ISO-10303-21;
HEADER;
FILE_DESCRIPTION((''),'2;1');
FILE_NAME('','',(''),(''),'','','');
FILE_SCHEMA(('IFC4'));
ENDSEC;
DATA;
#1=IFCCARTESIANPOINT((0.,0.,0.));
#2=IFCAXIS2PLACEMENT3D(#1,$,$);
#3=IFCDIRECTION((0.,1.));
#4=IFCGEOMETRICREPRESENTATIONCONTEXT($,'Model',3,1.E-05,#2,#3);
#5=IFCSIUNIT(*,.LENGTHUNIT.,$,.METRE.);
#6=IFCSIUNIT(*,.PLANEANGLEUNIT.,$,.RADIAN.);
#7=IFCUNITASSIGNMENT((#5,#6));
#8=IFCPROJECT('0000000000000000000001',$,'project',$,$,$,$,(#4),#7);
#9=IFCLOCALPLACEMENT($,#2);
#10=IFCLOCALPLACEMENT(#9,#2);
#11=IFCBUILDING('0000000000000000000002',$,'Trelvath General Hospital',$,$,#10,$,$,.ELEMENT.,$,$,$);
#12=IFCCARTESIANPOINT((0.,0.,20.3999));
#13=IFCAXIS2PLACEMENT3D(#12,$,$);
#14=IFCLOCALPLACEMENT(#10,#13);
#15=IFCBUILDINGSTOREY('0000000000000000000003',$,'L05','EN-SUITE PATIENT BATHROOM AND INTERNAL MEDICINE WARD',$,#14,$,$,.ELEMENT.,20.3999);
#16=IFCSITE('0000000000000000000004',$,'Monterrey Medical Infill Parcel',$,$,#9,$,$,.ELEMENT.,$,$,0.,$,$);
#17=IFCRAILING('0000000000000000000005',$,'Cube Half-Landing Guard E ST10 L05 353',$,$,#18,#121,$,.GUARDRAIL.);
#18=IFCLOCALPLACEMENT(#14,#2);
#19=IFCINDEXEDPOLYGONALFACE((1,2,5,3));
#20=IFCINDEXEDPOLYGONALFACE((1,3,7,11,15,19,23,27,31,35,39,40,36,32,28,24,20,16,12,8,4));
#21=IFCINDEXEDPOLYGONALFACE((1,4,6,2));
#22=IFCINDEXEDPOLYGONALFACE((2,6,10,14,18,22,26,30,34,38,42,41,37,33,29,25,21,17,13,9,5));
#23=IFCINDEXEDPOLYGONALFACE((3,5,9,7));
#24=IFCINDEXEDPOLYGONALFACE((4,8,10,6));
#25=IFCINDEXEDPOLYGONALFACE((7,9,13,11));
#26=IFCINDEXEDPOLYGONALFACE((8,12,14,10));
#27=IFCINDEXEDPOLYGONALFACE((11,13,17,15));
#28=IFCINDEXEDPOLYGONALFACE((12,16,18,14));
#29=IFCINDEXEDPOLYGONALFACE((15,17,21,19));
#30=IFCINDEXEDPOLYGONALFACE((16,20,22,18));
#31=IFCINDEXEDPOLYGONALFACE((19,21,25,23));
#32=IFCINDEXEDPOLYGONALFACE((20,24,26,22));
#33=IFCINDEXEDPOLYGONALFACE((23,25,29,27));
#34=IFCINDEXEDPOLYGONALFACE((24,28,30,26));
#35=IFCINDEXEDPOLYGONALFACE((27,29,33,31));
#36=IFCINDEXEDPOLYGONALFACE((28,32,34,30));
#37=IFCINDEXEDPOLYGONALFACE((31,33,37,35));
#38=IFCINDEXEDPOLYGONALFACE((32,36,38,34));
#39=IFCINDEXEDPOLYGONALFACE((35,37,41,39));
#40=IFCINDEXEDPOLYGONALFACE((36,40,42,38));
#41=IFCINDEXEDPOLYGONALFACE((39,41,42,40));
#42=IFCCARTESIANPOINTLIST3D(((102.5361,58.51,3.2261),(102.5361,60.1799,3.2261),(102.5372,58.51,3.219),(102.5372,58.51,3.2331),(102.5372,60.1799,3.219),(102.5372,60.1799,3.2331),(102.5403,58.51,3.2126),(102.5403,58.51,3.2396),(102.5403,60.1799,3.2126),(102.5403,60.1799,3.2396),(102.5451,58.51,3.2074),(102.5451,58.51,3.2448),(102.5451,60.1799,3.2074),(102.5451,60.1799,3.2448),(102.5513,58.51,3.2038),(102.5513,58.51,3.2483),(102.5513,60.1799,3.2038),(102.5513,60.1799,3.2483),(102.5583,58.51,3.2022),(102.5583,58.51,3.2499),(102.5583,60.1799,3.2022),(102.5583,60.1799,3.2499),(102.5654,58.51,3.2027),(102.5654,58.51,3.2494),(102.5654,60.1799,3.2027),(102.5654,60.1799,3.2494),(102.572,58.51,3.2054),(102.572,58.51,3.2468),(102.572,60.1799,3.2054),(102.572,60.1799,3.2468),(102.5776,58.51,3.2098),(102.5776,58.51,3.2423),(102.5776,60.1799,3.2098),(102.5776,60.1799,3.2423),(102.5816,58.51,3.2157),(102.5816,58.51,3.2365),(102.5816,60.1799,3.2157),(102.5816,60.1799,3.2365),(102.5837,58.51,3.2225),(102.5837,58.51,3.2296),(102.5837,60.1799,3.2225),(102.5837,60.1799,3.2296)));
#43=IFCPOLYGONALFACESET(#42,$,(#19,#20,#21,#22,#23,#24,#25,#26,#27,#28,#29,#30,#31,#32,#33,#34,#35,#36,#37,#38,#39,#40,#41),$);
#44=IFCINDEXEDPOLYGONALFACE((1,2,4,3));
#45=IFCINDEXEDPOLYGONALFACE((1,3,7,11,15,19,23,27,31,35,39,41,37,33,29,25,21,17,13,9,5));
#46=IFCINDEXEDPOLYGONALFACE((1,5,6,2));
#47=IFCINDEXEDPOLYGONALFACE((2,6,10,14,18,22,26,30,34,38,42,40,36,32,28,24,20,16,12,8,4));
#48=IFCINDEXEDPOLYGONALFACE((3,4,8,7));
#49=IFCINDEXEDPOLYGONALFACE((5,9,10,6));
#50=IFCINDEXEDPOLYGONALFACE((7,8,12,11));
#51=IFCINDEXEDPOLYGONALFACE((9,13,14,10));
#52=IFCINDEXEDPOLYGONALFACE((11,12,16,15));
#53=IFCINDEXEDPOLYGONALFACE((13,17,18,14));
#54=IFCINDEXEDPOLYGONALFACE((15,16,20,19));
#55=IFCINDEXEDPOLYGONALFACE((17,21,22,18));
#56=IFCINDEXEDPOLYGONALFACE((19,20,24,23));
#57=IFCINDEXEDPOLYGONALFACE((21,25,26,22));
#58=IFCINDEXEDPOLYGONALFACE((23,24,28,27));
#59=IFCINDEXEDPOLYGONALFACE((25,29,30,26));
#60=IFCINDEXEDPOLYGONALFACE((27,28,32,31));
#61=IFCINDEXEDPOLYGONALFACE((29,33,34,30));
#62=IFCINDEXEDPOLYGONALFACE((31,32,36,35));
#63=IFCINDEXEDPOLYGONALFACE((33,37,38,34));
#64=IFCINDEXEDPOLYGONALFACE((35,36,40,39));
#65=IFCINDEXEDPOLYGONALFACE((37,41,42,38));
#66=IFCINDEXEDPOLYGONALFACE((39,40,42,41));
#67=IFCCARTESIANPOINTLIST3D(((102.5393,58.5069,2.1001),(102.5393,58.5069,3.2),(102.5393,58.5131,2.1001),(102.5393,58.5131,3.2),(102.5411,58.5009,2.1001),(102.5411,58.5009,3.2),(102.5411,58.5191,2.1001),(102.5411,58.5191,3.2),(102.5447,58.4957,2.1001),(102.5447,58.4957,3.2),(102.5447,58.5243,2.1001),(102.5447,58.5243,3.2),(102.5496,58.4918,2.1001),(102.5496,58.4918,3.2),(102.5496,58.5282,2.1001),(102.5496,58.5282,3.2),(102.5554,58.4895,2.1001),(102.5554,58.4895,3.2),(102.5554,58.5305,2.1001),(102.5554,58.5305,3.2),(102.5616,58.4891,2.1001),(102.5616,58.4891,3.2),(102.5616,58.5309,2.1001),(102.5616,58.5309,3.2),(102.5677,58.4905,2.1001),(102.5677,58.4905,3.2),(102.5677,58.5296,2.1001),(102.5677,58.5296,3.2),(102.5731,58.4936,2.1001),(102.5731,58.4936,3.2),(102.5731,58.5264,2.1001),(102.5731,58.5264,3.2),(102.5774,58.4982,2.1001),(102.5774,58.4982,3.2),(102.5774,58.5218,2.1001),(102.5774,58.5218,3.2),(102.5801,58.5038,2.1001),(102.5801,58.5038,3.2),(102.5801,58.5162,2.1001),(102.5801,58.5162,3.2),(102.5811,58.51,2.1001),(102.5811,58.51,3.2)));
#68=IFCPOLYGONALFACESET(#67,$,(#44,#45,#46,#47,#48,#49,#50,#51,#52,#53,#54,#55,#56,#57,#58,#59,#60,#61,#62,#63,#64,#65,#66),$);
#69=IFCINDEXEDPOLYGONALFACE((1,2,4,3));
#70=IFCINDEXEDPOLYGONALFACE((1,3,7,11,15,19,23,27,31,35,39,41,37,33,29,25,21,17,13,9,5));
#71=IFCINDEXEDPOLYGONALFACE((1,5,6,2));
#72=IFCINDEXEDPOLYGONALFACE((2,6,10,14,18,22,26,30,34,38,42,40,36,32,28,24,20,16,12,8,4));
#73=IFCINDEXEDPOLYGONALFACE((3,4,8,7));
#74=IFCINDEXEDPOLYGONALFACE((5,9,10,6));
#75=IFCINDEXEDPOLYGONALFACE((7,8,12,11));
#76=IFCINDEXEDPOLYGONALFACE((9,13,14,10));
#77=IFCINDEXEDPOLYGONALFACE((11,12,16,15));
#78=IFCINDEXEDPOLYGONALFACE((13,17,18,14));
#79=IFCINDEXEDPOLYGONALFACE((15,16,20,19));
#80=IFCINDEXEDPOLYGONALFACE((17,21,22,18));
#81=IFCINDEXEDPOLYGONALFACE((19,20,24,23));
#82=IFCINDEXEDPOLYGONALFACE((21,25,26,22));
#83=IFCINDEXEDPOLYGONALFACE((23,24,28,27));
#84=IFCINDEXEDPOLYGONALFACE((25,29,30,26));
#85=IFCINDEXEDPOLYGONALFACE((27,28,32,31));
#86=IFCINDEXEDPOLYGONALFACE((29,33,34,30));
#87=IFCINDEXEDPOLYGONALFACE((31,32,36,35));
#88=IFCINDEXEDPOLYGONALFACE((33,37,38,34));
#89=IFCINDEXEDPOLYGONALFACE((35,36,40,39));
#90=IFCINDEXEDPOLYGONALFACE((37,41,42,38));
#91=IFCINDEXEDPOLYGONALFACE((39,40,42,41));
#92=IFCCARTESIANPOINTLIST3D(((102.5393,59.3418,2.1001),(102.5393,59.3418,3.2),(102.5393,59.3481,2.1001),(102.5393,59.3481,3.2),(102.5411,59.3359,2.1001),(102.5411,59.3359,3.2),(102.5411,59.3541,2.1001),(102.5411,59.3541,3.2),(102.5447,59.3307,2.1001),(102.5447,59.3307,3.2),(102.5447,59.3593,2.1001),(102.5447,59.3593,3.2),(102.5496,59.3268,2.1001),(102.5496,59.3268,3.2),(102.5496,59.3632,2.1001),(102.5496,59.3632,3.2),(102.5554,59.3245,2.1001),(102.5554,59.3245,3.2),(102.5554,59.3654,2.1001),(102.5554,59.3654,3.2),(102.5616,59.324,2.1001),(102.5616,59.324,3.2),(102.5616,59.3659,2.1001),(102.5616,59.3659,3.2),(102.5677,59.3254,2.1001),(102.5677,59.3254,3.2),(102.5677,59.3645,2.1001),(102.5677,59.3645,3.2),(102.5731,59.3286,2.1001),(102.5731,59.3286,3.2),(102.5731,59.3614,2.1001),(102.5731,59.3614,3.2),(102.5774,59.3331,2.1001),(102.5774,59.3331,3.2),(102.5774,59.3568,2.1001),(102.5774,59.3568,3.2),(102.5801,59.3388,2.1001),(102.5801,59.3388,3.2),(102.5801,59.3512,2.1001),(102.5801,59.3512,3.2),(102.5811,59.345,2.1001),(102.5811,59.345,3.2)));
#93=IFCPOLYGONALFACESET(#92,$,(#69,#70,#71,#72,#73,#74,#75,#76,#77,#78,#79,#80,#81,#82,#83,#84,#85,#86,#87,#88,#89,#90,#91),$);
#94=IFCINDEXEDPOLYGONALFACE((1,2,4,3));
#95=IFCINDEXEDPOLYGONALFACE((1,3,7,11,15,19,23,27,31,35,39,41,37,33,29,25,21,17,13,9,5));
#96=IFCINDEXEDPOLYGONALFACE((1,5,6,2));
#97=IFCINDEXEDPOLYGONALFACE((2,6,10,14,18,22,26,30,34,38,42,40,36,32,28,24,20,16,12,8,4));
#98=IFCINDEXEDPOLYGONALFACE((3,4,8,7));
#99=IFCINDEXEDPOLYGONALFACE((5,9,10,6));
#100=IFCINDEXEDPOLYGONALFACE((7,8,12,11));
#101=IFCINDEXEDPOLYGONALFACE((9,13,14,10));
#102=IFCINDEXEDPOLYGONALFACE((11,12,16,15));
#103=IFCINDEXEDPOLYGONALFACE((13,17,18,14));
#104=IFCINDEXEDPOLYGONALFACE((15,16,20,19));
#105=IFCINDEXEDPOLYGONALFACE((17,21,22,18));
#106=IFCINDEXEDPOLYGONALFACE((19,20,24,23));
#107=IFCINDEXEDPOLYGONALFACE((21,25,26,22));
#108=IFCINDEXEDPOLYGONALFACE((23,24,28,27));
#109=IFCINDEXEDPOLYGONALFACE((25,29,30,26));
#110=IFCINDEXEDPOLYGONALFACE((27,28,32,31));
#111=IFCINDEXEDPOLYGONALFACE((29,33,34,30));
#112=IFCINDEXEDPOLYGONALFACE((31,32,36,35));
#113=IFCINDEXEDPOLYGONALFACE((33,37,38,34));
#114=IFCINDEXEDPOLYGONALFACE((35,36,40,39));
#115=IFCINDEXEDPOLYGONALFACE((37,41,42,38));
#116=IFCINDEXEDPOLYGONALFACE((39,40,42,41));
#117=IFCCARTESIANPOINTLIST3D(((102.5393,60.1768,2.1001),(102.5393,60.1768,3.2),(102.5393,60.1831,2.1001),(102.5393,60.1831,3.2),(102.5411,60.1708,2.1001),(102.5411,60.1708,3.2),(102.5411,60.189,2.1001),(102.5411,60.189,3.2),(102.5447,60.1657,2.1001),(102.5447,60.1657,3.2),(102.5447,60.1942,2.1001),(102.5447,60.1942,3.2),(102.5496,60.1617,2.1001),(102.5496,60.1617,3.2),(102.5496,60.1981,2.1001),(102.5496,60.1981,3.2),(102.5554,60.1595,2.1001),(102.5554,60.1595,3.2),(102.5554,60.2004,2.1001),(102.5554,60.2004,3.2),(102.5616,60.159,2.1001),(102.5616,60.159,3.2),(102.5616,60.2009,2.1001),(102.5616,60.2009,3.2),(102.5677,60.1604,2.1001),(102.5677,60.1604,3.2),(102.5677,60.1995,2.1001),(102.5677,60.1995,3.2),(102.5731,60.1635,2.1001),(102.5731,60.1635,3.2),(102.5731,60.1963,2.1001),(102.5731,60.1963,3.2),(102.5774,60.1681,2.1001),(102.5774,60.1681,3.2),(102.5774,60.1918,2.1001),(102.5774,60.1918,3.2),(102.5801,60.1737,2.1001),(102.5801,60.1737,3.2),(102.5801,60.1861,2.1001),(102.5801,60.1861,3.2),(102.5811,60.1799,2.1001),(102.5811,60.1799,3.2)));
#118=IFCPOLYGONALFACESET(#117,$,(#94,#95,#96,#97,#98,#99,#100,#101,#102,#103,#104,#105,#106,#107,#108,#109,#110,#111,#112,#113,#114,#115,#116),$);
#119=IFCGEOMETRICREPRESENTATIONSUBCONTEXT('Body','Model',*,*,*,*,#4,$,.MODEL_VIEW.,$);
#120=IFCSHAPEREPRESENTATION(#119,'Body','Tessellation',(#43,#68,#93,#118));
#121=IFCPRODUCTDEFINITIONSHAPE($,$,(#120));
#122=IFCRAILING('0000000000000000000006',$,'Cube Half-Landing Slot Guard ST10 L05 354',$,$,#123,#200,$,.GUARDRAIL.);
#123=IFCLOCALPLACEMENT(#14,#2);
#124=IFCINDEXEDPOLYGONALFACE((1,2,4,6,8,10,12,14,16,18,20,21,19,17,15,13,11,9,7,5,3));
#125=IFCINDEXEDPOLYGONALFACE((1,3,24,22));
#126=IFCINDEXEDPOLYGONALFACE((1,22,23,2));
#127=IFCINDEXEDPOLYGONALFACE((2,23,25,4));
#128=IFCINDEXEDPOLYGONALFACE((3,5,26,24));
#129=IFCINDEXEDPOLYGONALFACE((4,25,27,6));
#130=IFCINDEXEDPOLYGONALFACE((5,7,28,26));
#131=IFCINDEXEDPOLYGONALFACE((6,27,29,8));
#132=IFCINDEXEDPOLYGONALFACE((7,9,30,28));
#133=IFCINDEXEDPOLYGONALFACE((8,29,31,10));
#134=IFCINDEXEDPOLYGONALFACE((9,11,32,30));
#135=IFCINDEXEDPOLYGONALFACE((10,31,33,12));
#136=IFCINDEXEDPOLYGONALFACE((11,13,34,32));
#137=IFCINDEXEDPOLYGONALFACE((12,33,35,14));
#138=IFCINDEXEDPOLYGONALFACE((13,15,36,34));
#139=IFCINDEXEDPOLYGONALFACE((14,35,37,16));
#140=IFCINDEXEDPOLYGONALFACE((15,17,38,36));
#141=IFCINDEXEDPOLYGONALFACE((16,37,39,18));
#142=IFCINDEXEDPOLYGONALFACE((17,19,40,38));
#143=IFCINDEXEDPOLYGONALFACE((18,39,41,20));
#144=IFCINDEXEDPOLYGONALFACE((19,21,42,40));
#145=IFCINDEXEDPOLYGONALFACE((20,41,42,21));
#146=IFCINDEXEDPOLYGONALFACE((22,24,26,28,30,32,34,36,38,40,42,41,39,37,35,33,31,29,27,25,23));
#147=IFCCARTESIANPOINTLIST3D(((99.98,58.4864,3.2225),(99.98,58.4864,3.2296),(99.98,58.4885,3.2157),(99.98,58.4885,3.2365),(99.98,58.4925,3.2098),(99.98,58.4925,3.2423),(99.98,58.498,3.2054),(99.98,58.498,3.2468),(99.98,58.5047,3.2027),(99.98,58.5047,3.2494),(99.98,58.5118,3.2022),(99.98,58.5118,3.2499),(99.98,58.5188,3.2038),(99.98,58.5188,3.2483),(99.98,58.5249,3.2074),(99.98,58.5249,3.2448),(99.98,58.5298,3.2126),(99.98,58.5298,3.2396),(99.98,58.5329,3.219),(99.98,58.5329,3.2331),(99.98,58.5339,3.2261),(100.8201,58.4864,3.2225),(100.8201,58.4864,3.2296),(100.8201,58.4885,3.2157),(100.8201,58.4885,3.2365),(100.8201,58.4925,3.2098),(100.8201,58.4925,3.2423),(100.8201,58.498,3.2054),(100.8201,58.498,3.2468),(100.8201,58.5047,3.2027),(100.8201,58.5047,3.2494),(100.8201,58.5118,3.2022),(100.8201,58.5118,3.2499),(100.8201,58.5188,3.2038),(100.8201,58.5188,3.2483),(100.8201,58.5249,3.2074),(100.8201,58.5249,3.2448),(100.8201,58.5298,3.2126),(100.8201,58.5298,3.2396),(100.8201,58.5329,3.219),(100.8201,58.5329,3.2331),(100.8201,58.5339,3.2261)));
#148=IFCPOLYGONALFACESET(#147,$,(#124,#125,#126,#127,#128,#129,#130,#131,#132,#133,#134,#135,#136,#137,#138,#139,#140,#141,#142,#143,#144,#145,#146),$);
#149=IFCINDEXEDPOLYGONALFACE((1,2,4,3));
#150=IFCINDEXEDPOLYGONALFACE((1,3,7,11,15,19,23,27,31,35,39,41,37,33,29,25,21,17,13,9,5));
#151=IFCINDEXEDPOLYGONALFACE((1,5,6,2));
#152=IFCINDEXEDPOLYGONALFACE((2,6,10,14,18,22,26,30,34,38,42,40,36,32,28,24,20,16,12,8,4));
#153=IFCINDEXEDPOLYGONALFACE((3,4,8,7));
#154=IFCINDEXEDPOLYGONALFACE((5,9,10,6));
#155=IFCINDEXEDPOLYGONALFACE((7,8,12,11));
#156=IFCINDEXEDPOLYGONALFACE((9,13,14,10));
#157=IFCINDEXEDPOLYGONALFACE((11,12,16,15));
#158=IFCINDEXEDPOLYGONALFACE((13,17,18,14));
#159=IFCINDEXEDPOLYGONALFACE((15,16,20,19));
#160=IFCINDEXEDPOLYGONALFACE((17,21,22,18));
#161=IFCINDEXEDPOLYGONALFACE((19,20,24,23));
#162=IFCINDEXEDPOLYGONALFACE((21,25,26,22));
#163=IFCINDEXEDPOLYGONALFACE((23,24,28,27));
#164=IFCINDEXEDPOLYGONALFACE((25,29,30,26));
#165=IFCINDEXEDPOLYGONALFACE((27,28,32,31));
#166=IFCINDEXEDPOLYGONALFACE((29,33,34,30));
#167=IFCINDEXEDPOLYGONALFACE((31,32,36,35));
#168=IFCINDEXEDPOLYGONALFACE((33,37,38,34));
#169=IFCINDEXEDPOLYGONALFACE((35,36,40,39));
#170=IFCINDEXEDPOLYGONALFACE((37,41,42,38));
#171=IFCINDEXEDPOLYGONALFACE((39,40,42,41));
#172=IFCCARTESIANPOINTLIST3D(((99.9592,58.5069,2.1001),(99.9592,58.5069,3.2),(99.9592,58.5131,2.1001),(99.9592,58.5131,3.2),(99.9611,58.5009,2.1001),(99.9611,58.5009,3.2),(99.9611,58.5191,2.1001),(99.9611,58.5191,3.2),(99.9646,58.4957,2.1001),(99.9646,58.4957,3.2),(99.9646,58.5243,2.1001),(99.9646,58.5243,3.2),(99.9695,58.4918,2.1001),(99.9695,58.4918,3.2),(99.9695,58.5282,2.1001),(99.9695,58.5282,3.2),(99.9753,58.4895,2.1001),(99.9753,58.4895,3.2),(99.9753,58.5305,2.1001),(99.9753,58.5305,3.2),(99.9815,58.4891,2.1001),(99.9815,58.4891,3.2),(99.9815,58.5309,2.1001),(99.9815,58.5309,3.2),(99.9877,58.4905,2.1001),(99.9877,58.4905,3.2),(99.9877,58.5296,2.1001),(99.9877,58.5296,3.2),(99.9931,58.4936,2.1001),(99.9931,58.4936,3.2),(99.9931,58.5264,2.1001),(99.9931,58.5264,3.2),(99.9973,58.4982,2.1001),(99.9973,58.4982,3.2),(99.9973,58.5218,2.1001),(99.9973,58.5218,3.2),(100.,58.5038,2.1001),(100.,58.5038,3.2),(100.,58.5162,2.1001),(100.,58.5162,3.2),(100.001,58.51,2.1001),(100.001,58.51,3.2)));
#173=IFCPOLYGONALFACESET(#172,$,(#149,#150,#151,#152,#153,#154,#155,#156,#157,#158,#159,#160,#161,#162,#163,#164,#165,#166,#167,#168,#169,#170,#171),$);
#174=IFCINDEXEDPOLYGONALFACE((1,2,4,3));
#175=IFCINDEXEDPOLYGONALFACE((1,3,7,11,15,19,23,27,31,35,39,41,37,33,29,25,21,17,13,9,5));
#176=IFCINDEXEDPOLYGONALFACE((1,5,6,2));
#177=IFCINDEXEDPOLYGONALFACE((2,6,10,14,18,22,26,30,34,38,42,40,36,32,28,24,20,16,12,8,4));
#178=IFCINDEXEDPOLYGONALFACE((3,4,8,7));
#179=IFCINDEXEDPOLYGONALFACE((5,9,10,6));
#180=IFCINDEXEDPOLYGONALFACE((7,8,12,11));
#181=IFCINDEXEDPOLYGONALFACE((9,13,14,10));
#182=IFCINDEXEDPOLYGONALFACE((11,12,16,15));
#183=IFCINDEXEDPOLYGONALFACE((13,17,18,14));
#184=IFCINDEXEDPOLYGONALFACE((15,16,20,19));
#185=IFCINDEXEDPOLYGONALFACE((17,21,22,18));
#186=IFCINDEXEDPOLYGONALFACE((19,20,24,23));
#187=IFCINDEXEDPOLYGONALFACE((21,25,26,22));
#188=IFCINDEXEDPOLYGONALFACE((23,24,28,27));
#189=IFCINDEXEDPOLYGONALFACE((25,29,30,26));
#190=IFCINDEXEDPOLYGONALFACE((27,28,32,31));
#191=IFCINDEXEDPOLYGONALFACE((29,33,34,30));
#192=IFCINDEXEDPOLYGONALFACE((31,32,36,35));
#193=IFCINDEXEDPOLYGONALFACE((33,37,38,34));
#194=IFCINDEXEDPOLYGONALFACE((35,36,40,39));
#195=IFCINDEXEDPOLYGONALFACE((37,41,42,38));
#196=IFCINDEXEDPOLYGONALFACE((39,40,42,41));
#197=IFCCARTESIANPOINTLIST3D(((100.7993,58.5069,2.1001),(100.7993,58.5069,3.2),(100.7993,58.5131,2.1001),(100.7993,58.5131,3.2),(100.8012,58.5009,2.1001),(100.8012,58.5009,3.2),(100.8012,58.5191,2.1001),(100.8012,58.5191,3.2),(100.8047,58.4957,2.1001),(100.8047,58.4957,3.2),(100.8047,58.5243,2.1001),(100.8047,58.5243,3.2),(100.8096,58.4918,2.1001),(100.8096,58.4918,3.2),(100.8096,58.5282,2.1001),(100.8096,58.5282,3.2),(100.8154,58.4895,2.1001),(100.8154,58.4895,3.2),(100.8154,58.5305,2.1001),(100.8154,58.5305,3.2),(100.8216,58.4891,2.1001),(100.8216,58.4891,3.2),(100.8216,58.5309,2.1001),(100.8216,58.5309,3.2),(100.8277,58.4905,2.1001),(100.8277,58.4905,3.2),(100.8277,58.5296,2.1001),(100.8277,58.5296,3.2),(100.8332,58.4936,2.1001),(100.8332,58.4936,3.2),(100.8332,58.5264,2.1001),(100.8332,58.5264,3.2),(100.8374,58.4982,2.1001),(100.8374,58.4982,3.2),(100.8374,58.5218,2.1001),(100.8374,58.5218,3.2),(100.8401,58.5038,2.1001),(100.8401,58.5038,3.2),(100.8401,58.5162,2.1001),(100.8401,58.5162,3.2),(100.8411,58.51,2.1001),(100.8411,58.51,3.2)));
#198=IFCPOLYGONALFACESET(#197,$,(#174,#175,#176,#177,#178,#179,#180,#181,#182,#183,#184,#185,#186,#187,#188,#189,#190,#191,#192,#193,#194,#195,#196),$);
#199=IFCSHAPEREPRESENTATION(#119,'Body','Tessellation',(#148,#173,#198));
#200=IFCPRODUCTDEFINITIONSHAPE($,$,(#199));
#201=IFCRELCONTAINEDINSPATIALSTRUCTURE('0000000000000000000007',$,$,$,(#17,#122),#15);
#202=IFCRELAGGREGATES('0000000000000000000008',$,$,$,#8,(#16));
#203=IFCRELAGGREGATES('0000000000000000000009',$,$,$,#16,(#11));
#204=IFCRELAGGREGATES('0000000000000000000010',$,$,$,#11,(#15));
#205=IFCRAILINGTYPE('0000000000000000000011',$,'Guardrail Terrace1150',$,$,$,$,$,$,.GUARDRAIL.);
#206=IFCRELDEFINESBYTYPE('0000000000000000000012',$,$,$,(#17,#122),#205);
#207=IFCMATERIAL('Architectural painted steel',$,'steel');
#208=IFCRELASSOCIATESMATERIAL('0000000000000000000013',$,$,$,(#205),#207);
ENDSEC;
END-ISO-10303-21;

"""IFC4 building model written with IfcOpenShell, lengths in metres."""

from ifc_helpers import new_model, si_unit, direction, frame, origin, origin_2d, place, context, subcontext, project, spatial, circle, extrude, material, type_object, element, save


model = new_model("IFC4")

# Units and contexts
model_context = context("Model", 3, precision=1e-05, world=origin(), true_north=direction((0.0, 1.0)))
body_context = subcontext(model_context, "Body", "Model", "MODEL_VIEW")
ifc_project = project(units=[si_unit("LENGTHUNIT", "METRE"), si_unit("PLANEANGLEUNIT", "RADIAN")], contexts=[model_context])

# Site, building, storey
site_placement = place(None, origin())
site = spatial("IfcSite", under=ifc_project, at=site_placement, Name="Monterrey Medical Infill Parcel", CompositionType="ELEMENT", RefElevation=0.0)
building_placement = place(site_placement, origin())
building = spatial("IfcBuilding", under=site, at=building_placement, Name="Trelvath General Hospital", CompositionType="ELEMENT")
storey_placement = place(building_placement, frame((0.0, 0.0, 20.3999)))
storey = spatial("IfcBuildingStorey", under=building, at=storey_placement, Name="L05", Description="EN-SUITE PATIENT BATHROOM AND INTERNAL MEDICINE WARD", CompositionType="ELEMENT", Elevation=20.3999)

# Railings
ifc_material_1 = material(Name="Architectural painted steel", Category="steel")
railing_type = type_object("IfcRailingType", Name="Guardrail Terrace1150", PredefinedType="GUARDRAIL", material=ifc_material_1)
railing_1_placement = place(storey_placement, frame((102.5601, 58.51, 2.1001)))
element("IfcRailing", 1, at=railing_1_placement, inside=storey, type_object=railing_type, Name="Cube Half-Landing Guard E ST10 L05 353", PredefinedType="GUARDRAIL", context=body_context, shape_type="SweptSolid", body=[
    extrude(circle(Radius=0.0239, at=origin_2d()), frame((0.0, 0.0, 1.126), z_axis=(0.0, 1.0, 0.0), x_axis=(-1.0, 0.0, 0.0)), (0.0, 0.0, 1.0), 1.6699),
    extrude(circle(Radius=0.021, at=origin_2d()), origin(), (0.0, 0.0, 1.0), 1.0999),
    extrude(circle(Radius=0.021, at=origin_2d()), frame((0.0, 0.835, 0.0)), (0.0, 0.0, 1.0), 1.0999),
    extrude(circle(Radius=0.021, at=origin_2d()), frame((0.0, 1.6699, 0.0)), (0.0, 0.0, 1.0), 1.0999),
])
railing_2_placement = place(storey_placement, frame((99.98, 58.51, 2.1001)))
element("IfcRailing", 2, at=railing_2_placement, inside=storey, type_object=railing_type, Name="Cube Half-Landing Slot Guard ST10 L05 354", PredefinedType="GUARDRAIL", context=body_context, shape_type="SweptSolid", body=[
    extrude(circle(Radius=0.0239, at=origin_2d()), frame((0.0, 0.0, 1.126), z_axis=(1.0, 0.0, 0.0), x_axis=(0.0, 1.0, 0.0)), (0.0, 0.0, 1.0), 0.8401),
    extrude(circle(Radius=0.021, at=origin_2d()), origin(), (0.0, 0.0, 1.0), 1.0999),
    extrude(circle(Radius=0.021, at=origin_2d()), frame((0.8401, 0.0, 0.0)), (0.0, 0.0, 1.0), 1.0999),
])

save(model, "model.ifc")
